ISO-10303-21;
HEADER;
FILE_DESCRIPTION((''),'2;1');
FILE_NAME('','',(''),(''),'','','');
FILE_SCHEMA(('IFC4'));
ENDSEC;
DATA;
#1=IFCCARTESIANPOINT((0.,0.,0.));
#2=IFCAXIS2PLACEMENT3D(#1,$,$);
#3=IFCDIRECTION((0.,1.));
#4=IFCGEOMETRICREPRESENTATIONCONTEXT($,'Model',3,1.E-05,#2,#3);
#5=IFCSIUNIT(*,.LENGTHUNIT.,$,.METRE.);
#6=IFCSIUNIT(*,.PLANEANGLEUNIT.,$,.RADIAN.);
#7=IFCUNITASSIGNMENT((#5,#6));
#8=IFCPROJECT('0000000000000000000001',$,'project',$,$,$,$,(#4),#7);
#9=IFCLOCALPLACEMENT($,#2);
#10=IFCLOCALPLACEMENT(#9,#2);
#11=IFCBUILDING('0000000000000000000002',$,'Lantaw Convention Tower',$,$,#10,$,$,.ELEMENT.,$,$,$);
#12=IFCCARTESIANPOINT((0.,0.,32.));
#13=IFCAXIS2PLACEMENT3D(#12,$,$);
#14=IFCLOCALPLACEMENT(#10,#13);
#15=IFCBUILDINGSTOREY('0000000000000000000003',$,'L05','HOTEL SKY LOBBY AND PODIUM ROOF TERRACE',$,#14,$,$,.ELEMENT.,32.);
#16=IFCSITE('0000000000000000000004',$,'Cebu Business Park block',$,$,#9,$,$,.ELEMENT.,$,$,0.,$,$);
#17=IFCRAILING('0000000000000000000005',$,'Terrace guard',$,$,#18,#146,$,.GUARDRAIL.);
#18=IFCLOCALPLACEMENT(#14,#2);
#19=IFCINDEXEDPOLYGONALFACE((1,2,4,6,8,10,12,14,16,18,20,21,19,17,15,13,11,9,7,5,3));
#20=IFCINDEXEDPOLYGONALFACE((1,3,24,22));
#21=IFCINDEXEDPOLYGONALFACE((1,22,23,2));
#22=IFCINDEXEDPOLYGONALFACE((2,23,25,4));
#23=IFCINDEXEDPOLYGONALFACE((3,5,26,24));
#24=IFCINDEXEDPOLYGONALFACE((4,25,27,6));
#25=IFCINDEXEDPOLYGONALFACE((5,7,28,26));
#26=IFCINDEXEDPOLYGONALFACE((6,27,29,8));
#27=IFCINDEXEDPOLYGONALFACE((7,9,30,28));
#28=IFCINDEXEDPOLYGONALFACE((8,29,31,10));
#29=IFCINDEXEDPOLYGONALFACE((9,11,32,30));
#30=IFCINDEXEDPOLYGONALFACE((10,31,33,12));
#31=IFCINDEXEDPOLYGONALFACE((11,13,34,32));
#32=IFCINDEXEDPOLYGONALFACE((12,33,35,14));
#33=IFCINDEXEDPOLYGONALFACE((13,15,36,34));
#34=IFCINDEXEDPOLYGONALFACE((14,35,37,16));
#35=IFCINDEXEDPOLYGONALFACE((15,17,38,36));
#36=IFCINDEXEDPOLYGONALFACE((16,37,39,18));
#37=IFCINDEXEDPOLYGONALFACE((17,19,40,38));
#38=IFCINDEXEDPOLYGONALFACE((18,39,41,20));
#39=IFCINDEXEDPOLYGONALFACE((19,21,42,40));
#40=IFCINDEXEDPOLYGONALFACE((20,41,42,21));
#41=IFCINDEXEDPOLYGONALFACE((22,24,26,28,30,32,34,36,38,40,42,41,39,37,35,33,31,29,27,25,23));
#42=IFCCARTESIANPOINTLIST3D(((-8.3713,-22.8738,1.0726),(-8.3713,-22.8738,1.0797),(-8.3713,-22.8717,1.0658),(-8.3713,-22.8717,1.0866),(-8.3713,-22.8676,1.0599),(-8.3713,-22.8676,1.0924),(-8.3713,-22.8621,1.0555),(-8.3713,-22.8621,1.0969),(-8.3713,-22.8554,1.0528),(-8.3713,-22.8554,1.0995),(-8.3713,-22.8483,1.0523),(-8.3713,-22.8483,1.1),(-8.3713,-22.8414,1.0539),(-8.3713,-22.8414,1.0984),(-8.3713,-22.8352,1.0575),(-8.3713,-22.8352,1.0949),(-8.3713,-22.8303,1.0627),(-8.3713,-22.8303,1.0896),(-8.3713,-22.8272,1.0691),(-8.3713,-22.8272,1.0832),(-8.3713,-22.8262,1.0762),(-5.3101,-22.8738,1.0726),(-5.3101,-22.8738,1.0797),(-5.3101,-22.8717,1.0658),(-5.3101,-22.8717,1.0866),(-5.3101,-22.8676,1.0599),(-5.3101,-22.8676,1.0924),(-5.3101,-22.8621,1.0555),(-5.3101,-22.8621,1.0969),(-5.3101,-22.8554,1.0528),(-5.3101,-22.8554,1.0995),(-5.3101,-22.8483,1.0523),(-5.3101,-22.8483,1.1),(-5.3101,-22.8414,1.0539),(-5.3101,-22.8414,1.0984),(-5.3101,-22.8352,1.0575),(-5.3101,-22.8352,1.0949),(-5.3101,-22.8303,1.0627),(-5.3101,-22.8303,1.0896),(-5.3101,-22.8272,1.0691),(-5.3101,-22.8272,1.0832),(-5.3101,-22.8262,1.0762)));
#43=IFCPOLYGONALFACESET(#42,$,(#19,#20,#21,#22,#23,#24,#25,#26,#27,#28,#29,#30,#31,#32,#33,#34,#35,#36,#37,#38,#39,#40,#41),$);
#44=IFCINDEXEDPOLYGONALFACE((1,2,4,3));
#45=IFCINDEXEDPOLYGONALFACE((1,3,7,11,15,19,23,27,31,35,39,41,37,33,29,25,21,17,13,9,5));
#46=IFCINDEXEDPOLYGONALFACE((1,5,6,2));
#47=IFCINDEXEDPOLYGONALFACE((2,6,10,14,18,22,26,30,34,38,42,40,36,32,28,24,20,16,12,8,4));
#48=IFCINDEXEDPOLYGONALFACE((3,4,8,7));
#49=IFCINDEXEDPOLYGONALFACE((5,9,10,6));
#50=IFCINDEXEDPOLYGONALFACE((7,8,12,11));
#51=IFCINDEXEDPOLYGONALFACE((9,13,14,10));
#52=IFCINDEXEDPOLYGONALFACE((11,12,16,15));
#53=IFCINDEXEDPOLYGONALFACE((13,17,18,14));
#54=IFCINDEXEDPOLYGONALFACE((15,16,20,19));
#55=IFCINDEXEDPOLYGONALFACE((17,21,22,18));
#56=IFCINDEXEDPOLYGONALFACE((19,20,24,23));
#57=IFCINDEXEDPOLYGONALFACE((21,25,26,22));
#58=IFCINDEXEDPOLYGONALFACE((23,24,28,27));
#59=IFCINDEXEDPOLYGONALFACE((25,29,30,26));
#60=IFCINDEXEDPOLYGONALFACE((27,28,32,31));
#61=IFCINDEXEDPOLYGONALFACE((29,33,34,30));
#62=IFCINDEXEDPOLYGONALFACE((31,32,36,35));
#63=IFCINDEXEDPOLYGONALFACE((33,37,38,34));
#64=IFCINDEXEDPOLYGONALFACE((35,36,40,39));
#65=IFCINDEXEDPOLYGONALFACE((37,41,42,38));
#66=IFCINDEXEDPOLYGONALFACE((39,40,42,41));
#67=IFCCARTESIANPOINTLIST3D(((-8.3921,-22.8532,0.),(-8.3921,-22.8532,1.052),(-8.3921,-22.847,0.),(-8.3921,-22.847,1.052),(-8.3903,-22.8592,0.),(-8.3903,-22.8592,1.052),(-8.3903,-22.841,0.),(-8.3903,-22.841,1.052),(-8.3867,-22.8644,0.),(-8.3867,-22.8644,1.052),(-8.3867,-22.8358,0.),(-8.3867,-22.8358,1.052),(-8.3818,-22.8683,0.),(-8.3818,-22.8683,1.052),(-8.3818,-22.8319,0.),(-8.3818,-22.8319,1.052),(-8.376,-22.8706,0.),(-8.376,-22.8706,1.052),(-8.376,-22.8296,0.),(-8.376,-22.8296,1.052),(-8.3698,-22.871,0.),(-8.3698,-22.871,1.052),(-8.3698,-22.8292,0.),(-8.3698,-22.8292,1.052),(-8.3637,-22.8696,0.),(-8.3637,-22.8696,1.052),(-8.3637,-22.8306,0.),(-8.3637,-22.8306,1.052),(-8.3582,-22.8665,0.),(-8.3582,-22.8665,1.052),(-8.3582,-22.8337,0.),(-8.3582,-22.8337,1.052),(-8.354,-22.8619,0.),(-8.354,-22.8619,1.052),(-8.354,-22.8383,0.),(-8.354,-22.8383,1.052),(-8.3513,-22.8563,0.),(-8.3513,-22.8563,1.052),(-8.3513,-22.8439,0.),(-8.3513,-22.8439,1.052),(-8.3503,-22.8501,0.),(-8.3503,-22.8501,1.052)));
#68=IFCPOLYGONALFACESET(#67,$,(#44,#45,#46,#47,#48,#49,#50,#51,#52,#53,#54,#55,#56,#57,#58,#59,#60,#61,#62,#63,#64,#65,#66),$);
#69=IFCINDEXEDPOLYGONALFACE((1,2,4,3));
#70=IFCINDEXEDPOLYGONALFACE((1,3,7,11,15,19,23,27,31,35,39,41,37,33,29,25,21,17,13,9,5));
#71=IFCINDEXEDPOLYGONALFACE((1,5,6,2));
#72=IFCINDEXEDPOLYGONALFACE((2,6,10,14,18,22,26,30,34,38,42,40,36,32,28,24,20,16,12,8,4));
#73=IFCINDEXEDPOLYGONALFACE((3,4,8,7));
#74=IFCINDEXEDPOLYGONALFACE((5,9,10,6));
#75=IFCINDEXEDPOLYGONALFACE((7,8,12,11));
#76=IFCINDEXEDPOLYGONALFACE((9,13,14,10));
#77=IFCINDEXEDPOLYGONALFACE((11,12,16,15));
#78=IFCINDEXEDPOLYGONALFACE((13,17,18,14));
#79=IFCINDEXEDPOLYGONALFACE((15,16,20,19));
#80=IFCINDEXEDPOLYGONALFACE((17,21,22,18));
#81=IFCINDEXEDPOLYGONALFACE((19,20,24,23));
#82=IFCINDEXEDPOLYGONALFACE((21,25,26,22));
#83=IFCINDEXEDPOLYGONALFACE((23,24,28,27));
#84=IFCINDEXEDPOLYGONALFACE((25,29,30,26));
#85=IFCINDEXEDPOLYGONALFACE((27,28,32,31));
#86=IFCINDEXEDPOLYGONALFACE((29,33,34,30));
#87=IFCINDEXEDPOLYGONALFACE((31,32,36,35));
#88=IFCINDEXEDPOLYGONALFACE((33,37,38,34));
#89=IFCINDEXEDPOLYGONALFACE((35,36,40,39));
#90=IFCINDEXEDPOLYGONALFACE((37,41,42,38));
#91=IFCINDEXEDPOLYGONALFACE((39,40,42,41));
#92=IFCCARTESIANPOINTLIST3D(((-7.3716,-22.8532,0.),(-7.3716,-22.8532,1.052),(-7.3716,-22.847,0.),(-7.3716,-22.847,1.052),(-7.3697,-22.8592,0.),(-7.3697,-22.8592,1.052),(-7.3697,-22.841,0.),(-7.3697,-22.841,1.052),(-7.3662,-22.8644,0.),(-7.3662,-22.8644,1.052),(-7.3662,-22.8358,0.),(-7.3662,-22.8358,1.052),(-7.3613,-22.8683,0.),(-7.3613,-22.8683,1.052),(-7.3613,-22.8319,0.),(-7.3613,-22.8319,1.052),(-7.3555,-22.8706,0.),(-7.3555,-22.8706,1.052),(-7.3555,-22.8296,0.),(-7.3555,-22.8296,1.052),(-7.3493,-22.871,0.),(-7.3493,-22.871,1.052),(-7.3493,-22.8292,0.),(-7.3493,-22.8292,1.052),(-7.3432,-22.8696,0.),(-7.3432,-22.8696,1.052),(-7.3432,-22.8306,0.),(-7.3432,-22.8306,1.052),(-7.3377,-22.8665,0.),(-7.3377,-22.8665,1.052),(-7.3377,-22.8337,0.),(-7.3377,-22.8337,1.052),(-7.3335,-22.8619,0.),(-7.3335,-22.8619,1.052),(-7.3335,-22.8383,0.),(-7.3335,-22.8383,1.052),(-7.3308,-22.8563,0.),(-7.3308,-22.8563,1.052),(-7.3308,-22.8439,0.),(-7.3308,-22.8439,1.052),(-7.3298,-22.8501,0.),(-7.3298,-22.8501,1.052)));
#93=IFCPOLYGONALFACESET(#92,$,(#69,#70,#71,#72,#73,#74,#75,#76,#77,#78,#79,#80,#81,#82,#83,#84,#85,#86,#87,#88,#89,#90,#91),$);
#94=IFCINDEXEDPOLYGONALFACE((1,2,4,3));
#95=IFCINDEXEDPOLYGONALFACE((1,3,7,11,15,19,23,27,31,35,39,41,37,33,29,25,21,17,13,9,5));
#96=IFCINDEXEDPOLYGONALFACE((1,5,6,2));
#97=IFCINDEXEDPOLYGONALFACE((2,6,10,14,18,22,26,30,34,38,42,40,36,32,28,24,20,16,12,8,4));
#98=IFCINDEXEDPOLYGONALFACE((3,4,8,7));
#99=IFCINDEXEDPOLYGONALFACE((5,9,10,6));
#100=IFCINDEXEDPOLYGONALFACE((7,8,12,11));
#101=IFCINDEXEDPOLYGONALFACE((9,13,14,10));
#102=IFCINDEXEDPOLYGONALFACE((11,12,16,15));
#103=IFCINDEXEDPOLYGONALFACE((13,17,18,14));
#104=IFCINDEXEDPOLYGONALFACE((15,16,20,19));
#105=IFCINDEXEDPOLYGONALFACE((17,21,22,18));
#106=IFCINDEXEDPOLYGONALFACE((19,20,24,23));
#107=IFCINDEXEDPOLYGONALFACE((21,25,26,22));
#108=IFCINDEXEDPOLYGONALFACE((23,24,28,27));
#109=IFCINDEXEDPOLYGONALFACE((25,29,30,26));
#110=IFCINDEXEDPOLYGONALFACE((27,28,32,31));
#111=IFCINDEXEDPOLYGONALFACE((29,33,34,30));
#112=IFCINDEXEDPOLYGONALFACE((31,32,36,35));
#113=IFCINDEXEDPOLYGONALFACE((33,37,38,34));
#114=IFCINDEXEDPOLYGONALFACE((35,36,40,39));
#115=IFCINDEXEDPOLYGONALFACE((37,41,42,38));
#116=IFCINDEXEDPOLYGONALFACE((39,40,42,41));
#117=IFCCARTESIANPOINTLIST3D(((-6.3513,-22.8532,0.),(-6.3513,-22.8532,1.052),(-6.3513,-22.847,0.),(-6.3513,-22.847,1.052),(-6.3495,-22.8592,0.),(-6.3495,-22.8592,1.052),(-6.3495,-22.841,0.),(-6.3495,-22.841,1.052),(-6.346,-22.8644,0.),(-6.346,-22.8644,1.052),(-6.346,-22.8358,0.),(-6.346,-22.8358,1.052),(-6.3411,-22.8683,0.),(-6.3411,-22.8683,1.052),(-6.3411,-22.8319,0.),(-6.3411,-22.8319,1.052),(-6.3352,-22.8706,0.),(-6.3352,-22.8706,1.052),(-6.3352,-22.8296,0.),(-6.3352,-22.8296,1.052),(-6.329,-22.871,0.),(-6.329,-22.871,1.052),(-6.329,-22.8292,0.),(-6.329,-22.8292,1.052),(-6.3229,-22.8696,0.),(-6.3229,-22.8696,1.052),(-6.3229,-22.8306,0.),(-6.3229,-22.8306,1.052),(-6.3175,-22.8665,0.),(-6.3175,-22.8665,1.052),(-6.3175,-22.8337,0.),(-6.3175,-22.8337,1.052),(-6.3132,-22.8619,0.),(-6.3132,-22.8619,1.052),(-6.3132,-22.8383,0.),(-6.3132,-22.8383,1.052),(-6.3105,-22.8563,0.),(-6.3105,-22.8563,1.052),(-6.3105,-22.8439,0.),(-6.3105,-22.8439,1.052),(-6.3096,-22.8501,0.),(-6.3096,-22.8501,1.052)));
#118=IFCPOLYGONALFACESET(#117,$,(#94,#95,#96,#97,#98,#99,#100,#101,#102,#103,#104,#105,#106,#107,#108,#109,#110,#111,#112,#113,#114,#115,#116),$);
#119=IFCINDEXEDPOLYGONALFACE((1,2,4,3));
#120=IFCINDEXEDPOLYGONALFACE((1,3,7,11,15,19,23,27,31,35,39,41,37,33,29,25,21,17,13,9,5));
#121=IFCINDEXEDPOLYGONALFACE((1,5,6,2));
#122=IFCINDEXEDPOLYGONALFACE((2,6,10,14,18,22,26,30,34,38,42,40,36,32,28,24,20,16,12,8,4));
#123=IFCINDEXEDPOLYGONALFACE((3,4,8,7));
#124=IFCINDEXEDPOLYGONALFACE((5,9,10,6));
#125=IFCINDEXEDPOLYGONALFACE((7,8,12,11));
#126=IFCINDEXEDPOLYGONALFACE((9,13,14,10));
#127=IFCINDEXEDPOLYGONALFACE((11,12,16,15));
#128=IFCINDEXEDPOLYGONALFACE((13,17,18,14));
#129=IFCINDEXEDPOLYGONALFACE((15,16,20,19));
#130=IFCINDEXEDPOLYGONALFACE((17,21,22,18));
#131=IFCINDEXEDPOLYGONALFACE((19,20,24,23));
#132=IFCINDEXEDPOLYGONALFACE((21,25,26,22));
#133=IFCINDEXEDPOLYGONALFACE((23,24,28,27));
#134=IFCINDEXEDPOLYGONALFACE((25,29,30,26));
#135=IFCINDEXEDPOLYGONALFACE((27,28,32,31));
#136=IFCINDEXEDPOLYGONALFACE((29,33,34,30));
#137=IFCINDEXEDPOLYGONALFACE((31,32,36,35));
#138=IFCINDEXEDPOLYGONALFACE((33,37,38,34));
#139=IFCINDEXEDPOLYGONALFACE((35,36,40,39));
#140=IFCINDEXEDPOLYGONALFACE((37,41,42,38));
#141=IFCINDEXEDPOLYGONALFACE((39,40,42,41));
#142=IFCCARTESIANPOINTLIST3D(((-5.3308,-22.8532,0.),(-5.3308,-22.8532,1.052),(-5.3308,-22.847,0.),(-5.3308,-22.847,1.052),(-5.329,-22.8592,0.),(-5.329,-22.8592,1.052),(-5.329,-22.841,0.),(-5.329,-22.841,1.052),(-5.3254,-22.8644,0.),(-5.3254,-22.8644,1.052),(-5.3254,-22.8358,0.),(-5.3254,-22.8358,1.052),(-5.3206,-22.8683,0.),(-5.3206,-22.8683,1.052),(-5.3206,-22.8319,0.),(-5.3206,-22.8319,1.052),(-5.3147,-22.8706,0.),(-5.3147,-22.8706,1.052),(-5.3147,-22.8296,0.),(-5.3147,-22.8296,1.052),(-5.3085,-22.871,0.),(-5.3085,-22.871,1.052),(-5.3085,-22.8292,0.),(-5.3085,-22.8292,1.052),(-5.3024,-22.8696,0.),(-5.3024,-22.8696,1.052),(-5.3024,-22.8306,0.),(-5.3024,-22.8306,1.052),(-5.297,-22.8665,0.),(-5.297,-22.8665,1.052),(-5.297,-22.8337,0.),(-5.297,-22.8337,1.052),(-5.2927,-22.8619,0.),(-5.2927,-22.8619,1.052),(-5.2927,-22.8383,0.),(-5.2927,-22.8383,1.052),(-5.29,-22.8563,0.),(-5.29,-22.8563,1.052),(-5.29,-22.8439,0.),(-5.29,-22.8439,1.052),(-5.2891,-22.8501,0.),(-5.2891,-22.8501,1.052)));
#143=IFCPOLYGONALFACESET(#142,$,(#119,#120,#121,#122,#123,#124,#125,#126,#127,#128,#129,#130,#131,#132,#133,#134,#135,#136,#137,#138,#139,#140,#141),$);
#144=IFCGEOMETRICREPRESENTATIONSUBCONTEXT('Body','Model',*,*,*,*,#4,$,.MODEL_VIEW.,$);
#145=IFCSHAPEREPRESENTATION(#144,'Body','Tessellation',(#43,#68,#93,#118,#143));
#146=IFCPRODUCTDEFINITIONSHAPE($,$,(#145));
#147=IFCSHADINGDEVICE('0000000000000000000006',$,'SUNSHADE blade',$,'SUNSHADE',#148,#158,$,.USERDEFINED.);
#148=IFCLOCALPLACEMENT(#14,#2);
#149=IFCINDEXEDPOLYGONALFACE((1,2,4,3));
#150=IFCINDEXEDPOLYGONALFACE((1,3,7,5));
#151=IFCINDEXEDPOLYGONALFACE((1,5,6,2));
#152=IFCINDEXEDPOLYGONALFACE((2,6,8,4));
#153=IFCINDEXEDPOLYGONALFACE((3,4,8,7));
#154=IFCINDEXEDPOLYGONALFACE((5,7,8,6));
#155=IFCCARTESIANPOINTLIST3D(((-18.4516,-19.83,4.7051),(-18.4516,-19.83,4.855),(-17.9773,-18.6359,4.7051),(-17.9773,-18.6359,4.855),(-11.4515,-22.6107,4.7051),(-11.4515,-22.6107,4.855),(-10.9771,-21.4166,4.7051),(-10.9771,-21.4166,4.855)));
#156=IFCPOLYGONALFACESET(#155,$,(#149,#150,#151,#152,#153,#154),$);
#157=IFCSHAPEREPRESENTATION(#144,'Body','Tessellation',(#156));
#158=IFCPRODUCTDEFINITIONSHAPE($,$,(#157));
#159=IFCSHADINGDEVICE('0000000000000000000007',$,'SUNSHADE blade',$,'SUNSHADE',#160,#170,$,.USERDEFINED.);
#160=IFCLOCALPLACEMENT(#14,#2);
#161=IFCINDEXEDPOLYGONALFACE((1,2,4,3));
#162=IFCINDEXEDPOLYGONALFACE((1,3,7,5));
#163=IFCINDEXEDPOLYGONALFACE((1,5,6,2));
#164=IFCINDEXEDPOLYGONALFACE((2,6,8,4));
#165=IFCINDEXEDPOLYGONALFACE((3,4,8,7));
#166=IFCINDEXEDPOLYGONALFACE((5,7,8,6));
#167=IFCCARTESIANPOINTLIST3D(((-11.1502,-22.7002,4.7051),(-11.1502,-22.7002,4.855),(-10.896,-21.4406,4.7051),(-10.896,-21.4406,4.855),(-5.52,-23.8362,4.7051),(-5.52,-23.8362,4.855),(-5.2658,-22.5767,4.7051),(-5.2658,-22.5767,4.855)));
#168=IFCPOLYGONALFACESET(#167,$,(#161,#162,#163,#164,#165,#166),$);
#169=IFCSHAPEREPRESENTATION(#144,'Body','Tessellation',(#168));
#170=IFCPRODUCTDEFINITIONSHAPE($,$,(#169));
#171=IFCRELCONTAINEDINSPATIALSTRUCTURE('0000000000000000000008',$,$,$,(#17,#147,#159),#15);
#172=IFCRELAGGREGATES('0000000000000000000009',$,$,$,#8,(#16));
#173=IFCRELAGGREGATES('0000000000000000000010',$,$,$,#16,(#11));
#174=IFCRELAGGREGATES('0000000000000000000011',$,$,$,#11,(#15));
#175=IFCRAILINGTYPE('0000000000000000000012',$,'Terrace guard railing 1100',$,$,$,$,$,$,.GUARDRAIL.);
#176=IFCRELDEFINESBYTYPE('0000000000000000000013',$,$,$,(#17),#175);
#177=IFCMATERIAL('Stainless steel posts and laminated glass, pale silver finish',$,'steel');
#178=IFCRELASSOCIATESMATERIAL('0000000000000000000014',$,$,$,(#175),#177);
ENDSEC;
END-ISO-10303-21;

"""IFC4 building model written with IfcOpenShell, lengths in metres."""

from ifc_helpers import new_model, si_unit, direction, frame, origin, origin_2d, place, context, subcontext, project, spatial, rectangle, circle, extrude, material, type_object, element, save


model = new_model("IFC4")

# Units and contexts
model_context = context("Model", 3, precision=1e-05, world=origin(), true_north=direction((0.0, 1.0)))
body_context = subcontext(model_context, "Body", "Model", "MODEL_VIEW")
ifc_project = project(units=[si_unit("LENGTHUNIT", "METRE"), si_unit("PLANEANGLEUNIT", "RADIAN")], contexts=[model_context])

# Site, building, storey
site_placement = place(None, origin())
site = spatial("IfcSite", under=ifc_project, at=site_placement, Name="Cebu Business Park block", CompositionType="ELEMENT", RefElevation=0.0)
building_placement = place(site_placement, origin())
building = spatial("IfcBuilding", under=site, at=building_placement, Name="Lantaw Convention Tower", CompositionType="ELEMENT")
storey_placement = place(building_placement, frame((0.0, 0.0, 32.0)))
storey = spatial("IfcBuildingStorey", under=building, at=storey_placement, Name="L05", Description="HOTEL SKY LOBBY AND PODIUM ROOF TERRACE", CompositionType="ELEMENT", Elevation=32.0)

# Railing
ifc_material_1 = material(Name="Stainless steel posts and laminated glass, pale silver finish", Category="steel")
railing_type = type_object("IfcRailingType", Name="Terrace guard railing 1100", PredefinedType="GUARDRAIL", material=ifc_material_1)
railing_1_placement = place(storey_placement, frame((-8.3713, -22.8501, 0.0)))
element("IfcRailing", 1, at=railing_1_placement, inside=storey, type_object=railing_type, Name="Terrace guard", PredefinedType="GUARDRAIL", context=body_context, shape_type="SweptSolid", body=[
    extrude(circle(Radius=0.0239, at=origin_2d()), frame((0.0, 0.0, 1.0762), z_axis=(1.0, 0.0, 0.0), x_axis=(0.0, 1.0, 0.0)), (0.0, 0.0, 1.0), 3.0613),
    extrude(circle(Radius=0.021, at=origin_2d()), origin(), (0.0, 0.0, 1.0), 1.052),
    extrude(circle(Radius=0.021, at=origin_2d()), frame((1.0205, 0.0, 0.0)), (0.0, 0.0, 1.0), 1.052),
    extrude(circle(Radius=0.021, at=origin_2d()), frame((2.0408, 0.0, 0.0)), (0.0, 0.0, 1.0), 1.052),
    extrude(circle(Radius=0.021, at=origin_2d()), frame((3.0613, 0.0, 0.0)), (0.0, 0.0, 1.0), 1.052),
])

# Shading devices
shading_device_1_placement = place(storey_placement, frame((-14.7144, -20.6233, 4.7051), z_axis=(0.0, 0.0, 1.0), x_axis=(0.929361, -0.369172, 0.0)))
element("IfcShadingDevice", 2, at=shading_device_1_placement, inside=storey, Name="SUNSHADE blade", ObjectType="SUNSHADE", PredefinedType="USERDEFINED", context=body_context, shape_type="SweptSolid", body=[
    extrude(rectangle(XDim=7.5322, YDim=1.2849, at=origin_2d()), origin(), (0.0, 0.0, 1.0), 0.1499),
])
shading_device_2_placement = place(storey_placement, frame((-8.208, -22.6384, 4.7051), z_axis=(0.0, 0.0, 1.0), x_axis=(0.980245, -0.197789, 0.0)))
element("IfcShadingDevice", 3, at=shading_device_2_placement, inside=storey, Name="SUNSHADE blade", ObjectType="SUNSHADE", PredefinedType="USERDEFINED", context=body_context, shape_type="SweptSolid", body=[
    extrude(rectangle(XDim=5.7437, YDim=1.2849, at=origin_2d()), origin(), (0.0, 0.0, 1.0), 0.1499),
])

save(model, "model.ifc")
